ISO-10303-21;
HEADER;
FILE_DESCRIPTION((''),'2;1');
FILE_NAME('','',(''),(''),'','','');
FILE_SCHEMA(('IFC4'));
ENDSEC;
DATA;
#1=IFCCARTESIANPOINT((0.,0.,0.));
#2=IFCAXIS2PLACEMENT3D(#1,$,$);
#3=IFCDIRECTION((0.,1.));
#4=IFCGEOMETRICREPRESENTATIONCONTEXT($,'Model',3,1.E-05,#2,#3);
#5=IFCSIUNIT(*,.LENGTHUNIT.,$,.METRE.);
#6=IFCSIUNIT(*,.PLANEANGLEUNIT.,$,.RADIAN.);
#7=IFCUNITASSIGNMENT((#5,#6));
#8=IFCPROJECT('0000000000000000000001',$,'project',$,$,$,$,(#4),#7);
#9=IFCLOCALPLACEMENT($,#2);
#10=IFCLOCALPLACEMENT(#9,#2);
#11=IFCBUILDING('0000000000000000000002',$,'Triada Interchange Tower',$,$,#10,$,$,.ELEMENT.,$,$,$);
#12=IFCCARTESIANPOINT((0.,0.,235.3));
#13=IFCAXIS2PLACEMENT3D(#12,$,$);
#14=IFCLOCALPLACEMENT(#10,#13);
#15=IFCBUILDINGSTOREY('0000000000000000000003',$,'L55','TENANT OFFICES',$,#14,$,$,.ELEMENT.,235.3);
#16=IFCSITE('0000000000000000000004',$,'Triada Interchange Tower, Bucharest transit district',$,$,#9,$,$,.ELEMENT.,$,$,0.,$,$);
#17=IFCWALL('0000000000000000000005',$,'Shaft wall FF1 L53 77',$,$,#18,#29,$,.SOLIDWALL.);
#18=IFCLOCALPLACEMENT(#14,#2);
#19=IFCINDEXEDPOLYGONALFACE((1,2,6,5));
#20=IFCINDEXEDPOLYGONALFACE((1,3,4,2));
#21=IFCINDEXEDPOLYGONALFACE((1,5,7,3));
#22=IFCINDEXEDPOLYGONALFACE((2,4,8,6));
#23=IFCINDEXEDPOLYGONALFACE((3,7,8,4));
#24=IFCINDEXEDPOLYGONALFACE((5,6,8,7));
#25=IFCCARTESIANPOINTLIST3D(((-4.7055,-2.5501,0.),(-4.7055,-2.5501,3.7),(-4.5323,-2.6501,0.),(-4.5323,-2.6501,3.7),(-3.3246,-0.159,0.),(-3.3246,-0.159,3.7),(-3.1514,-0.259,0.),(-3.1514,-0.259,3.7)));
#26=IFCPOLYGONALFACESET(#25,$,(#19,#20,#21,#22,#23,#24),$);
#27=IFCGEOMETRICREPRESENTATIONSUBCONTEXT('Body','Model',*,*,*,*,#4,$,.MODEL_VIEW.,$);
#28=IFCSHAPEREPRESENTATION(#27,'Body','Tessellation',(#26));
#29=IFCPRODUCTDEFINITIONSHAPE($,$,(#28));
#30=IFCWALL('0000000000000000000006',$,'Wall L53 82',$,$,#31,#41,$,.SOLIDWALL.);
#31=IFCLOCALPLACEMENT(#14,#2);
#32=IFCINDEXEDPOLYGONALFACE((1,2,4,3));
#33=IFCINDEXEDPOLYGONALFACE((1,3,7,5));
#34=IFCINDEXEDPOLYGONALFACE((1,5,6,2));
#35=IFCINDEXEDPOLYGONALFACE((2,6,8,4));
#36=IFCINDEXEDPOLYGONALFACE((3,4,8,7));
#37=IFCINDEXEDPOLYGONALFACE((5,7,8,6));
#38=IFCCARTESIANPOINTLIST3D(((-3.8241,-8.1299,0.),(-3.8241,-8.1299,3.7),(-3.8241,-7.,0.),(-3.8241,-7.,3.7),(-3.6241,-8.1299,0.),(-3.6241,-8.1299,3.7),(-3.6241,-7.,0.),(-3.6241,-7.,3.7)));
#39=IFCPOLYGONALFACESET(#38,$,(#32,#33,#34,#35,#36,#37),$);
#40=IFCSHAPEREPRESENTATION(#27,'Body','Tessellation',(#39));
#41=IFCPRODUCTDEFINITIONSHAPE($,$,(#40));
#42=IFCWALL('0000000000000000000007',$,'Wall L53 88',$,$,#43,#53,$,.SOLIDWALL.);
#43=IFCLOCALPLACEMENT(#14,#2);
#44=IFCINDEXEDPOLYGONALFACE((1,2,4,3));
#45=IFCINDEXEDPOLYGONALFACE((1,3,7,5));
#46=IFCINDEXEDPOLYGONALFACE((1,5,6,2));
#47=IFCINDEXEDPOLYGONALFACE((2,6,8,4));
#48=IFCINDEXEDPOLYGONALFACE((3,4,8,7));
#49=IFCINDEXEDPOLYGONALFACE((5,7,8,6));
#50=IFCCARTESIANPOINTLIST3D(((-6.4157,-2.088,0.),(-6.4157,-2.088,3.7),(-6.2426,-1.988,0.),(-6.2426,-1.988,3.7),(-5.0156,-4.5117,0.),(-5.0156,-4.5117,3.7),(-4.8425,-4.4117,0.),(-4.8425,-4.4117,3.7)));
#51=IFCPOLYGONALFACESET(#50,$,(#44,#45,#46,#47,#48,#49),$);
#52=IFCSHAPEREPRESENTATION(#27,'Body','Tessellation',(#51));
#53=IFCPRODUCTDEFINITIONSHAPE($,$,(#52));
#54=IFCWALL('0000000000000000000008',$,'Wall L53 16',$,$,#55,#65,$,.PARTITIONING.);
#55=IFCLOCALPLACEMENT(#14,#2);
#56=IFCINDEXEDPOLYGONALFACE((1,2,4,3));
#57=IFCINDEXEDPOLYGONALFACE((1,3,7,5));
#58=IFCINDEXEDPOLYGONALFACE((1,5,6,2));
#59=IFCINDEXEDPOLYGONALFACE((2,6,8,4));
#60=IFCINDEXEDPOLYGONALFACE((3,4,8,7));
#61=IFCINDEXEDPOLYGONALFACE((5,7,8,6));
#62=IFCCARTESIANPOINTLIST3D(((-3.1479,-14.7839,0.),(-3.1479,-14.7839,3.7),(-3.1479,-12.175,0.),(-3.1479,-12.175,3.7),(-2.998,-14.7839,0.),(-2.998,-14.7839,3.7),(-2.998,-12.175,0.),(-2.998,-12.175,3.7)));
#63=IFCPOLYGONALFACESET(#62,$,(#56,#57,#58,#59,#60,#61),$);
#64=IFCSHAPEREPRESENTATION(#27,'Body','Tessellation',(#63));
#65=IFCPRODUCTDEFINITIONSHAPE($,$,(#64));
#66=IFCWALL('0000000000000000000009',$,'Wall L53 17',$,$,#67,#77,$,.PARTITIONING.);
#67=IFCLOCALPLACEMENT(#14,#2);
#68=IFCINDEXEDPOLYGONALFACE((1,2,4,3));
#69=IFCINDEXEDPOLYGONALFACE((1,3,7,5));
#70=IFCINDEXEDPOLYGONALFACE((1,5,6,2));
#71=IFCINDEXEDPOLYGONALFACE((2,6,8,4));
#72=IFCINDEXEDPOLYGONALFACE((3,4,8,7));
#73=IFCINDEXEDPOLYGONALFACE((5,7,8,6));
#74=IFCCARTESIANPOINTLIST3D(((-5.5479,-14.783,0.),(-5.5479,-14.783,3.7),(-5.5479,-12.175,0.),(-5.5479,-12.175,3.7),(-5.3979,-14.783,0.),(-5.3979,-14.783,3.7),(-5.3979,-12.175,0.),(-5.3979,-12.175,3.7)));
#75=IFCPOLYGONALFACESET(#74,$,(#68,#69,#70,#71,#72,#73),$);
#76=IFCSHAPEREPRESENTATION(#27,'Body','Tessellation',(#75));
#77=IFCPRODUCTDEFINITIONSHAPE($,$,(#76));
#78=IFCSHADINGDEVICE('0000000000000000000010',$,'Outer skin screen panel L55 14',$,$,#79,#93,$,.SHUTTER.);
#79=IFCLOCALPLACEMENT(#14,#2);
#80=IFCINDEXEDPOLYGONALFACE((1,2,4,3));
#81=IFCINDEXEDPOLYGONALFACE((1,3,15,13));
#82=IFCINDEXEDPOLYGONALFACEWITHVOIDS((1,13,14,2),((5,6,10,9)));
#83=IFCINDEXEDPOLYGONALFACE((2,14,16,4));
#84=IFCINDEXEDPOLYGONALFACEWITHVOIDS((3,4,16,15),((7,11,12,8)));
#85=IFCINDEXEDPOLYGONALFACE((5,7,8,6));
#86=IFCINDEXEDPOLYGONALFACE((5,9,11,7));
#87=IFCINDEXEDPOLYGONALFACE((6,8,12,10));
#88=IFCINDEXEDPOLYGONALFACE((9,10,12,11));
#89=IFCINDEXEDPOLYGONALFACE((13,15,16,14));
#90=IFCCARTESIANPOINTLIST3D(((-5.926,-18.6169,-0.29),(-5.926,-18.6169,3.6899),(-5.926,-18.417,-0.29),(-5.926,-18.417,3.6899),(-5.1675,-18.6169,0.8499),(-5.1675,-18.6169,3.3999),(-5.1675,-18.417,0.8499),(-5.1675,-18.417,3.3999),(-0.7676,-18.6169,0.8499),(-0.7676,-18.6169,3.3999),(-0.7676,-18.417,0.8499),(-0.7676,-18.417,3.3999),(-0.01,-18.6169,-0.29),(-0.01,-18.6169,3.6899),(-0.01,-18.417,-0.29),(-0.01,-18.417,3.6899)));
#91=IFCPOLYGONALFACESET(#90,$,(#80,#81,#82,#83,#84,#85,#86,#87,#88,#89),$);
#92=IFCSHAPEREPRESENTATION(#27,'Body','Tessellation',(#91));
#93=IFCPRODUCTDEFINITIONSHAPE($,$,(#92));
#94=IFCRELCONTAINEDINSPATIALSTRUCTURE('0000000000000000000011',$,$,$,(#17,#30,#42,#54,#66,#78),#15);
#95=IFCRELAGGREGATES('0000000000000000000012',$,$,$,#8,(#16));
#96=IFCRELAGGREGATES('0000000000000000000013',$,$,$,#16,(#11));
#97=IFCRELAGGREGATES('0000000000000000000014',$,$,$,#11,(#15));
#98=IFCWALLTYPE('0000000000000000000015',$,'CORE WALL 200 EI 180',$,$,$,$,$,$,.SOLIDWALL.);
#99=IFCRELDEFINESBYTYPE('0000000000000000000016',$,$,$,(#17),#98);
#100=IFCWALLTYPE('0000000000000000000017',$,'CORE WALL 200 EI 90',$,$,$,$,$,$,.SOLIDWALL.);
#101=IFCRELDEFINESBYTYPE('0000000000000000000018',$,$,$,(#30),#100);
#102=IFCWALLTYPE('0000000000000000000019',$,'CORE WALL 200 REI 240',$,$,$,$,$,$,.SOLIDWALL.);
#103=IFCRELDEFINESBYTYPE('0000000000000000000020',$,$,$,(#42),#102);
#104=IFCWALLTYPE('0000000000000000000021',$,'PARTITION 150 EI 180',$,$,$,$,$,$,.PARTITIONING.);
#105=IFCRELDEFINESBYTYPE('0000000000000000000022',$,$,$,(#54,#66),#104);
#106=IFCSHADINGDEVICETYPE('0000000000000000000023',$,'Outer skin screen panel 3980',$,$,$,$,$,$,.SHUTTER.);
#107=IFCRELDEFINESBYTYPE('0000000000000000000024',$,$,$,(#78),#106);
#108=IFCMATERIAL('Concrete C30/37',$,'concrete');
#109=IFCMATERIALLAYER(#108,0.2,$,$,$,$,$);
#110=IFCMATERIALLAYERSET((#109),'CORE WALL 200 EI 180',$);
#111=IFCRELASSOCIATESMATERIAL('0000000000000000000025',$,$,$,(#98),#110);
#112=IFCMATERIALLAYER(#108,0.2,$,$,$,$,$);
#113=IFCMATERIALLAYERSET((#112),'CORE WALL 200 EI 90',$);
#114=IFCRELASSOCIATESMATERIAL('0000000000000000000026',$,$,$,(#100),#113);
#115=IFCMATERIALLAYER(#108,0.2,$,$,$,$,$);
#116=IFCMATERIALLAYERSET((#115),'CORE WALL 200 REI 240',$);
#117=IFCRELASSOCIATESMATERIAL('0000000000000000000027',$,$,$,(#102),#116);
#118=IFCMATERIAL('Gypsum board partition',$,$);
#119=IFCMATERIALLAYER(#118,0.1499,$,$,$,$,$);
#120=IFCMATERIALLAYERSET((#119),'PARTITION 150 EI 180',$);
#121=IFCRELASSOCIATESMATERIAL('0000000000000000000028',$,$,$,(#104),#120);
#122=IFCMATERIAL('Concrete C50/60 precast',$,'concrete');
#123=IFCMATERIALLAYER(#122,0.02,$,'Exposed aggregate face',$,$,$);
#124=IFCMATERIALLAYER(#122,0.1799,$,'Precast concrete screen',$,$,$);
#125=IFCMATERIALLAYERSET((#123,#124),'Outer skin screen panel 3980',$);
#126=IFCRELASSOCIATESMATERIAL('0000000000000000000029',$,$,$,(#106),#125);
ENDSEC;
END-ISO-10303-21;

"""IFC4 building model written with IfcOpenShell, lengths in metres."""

from ifc_helpers import new_model, si_unit, direction, frame, frame_2d, origin, place, context, subcontext, project, spatial, polyline, rectangle, outline, extrude, material, layer, layer_set, type_object, element, save


model = new_model("IFC4")

# Units and contexts
model_context = context("Model", 3, precision=1e-05, world=origin(), true_north=direction((0.0, 1.0)))
body_context = subcontext(model_context, "Body", "Model", "MODEL_VIEW")
ifc_project = project(units=[si_unit("LENGTHUNIT", "METRE"), si_unit("PLANEANGLEUNIT", "RADIAN")], contexts=[model_context])

# Site, building, storey
site_placement = place(None, origin())
site = spatial("IfcSite", under=ifc_project, at=site_placement, Name="Triada Interchange Tower, Bucharest transit district", CompositionType="ELEMENT", RefElevation=0.0)
building_placement = place(site_placement, origin())
building = spatial("IfcBuilding", under=site, at=building_placement, Name="Triada Interchange Tower", CompositionType="ELEMENT")
storey_placement = place(building_placement, frame((0.0, 0.0, 235.3)))
storey = spatial("IfcBuildingStorey", under=building, at=storey_placement, Name="L55", Description="TENANT OFFICES", CompositionType="ELEMENT", Elevation=235.3)

# Shared definitions
ifc_material_1 = material(Name="Concrete C30/37", Category="concrete")

# Walls
ifc_layer_1 = layer(ifc_material_1, 0.2)
ifc_layer_set_1 = layer_set([ifc_layer_1], Name="CORE WALL 200 EI 180")
wall_type_1 = type_object("IfcWallType", Name="CORE WALL 200 EI 180", PredefinedType="SOLIDWALL", material=ifc_layer_set_1)
wall_1_placement = place(storey_placement, frame((-4.6189, -2.6001, 0.0), z_axis=(0.0, 0.0, 1.0), x_axis=(0.500095, 0.865971, 0.0)))
element("IfcWall", 1, at=wall_1_placement, inside=storey, type_object=wall_type_1, Name="Shaft wall FF1 L53 77", PredefinedType="SOLIDWALL", context=body_context, shape_type="SweptSolid", body=[
    extrude(rectangle(XDim=2.7612, YDim=0.2, at=frame_2d((1.3806, 0.0))), origin(), (0.0, 0.0, 1.0), 3.7),
])
ifc_layer_2 = layer(ifc_material_1, 0.2)
ifc_layer_set_2 = layer_set([ifc_layer_2], Name="CORE WALL 200 EI 90")
wall_type_2 = type_object("IfcWallType", Name="CORE WALL 200 EI 90", PredefinedType="SOLIDWALL", material=ifc_layer_set_2)
wall_2_placement = place(storey_placement, frame((-3.7241, -8.1299, 0.0), z_axis=(0.0, 0.0, 1.0), x_axis=(0.0, 1.0, 0.0)))
element("IfcWall", 2, at=wall_2_placement, inside=storey, type_object=wall_type_2, Name="Wall L53 82", PredefinedType="SOLIDWALL", context=body_context, shape_type="SweptSolid", body=[
    extrude(rectangle(XDim=1.1299, YDim=0.2, at=frame_2d((0.5649, 0.0))), origin(), (0.0, 0.0, 1.0), 3.7),
])
ifc_layer_3 = layer(ifc_material_1, 0.2)
ifc_layer_set_3 = layer_set([ifc_layer_3], Name="CORE WALL 200 REI 240")
wall_type_3 = type_object("IfcWallType", Name="CORE WALL 200 REI 240", PredefinedType="SOLIDWALL", material=ifc_layer_set_3)
wall_3_placement = place(storey_placement, frame((-6.3291, -2.0381, 0.0), z_axis=(0.0, 0.0, 1.0), x_axis=(0.500201, -0.86591, 0.0)))
element("IfcWall", 3, at=wall_3_placement, inside=storey, type_object=wall_type_3, Name="Wall L53 88", PredefinedType="SOLIDWALL", context=body_context, shape_type="SweptSolid", body=[
    extrude(rectangle(XDim=2.7991, YDim=0.2, at=frame_2d((1.3994, 0.0))), origin(), (0.0, 0.0, 1.0), 3.7),
])
ifc_material_2 = material(Name="Gypsum board partition")
ifc_layer_4 = layer(ifc_material_2, 0.1499)
ifc_layer_set_4 = layer_set([ifc_layer_4], Name="PARTITION 150 EI 180")
wall_type_4 = type_object("IfcWallType", Name="PARTITION 150 EI 180", PredefinedType="PARTITIONING", material=ifc_layer_set_4)
wall_4_placement = place(storey_placement, frame((-3.073, -14.7839, 0.0), z_axis=(0.0, 0.0, 1.0), x_axis=(0.0, 1.0, 0.0)))
element("IfcWall", 4, at=wall_4_placement, inside=storey, type_object=wall_type_4, Name="Wall L53 16", PredefinedType="PARTITIONING", context=body_context, shape_type="SweptSolid", body=[
    extrude(rectangle(XDim=2.6089, YDim=0.1499, at=frame_2d((1.3044, 0.0))), origin(), (0.0, 0.0, 1.0), 3.7),
])
wall_5_placement = place(storey_placement, frame((-5.4729, -14.783, 0.0), z_axis=(0.0, 0.0, 1.0), x_axis=(0.0, 1.0, 0.0)))
element("IfcWall", 5, at=wall_5_placement, inside=storey, type_object=wall_type_4, Name="Wall L53 17", PredefinedType="PARTITIONING", context=body_context, shape_type="SweptSolid", body=[
    extrude(rectangle(XDim=2.6079, YDim=0.1499, at=frame_2d((1.304, 0.0))), origin(), (0.0, 0.0, 1.0), 3.7),
])

# Shading device
ifc_material_3 = material(Name="Concrete C50/60 precast", Category="concrete")
ifc_layer_5 = layer(ifc_material_3, 0.02, Name="Exposed aggregate face")
ifc_layer_6 = layer(ifc_material_3, 0.1799, Name="Precast concrete screen")
ifc_layer_set_5 = layer_set([ifc_layer_5, ifc_layer_6], Name="Outer skin screen panel 3980")
shading_device_type = type_object("IfcShadingDeviceType", Name="Outer skin screen panel 3980", PredefinedType="SHUTTER", material=ifc_layer_set_5)
shading_device_placement = place(storey_placement, frame((-5.926, -18.417, -0.29), z_axis=(0.0, 0.0, 1.0), x_axis=(1.0, 0.0, 0.0)))
element("IfcShadingDevice", 6, at=shading_device_placement, inside=storey, type_object=shading_device_type, Name="Outer skin screen panel L55 14", PredefinedType="SHUTTER", context=body_context, shape_type="SweptSolid", body=[
    extrude(outline(polyline([(0.0, 0.0), (5.916, 0.0), (5.916, 3.98), (0.0, 3.98), (0.0, 0.0)]), holes=[polyline([(0.7585, 1.1399), (0.7585, 3.6899), (5.1584, 3.6899), (5.1584, 1.1399), (0.7585, 1.1399)])]), frame((0.0, 0.0, 0.0), z_axis=(0.0, -1.0, 0.0), x_axis=(1.0, 0.0, 0.0)), (0.0, 0.0, 1.0), 0.2),
])

save(model, "model.ifc")
